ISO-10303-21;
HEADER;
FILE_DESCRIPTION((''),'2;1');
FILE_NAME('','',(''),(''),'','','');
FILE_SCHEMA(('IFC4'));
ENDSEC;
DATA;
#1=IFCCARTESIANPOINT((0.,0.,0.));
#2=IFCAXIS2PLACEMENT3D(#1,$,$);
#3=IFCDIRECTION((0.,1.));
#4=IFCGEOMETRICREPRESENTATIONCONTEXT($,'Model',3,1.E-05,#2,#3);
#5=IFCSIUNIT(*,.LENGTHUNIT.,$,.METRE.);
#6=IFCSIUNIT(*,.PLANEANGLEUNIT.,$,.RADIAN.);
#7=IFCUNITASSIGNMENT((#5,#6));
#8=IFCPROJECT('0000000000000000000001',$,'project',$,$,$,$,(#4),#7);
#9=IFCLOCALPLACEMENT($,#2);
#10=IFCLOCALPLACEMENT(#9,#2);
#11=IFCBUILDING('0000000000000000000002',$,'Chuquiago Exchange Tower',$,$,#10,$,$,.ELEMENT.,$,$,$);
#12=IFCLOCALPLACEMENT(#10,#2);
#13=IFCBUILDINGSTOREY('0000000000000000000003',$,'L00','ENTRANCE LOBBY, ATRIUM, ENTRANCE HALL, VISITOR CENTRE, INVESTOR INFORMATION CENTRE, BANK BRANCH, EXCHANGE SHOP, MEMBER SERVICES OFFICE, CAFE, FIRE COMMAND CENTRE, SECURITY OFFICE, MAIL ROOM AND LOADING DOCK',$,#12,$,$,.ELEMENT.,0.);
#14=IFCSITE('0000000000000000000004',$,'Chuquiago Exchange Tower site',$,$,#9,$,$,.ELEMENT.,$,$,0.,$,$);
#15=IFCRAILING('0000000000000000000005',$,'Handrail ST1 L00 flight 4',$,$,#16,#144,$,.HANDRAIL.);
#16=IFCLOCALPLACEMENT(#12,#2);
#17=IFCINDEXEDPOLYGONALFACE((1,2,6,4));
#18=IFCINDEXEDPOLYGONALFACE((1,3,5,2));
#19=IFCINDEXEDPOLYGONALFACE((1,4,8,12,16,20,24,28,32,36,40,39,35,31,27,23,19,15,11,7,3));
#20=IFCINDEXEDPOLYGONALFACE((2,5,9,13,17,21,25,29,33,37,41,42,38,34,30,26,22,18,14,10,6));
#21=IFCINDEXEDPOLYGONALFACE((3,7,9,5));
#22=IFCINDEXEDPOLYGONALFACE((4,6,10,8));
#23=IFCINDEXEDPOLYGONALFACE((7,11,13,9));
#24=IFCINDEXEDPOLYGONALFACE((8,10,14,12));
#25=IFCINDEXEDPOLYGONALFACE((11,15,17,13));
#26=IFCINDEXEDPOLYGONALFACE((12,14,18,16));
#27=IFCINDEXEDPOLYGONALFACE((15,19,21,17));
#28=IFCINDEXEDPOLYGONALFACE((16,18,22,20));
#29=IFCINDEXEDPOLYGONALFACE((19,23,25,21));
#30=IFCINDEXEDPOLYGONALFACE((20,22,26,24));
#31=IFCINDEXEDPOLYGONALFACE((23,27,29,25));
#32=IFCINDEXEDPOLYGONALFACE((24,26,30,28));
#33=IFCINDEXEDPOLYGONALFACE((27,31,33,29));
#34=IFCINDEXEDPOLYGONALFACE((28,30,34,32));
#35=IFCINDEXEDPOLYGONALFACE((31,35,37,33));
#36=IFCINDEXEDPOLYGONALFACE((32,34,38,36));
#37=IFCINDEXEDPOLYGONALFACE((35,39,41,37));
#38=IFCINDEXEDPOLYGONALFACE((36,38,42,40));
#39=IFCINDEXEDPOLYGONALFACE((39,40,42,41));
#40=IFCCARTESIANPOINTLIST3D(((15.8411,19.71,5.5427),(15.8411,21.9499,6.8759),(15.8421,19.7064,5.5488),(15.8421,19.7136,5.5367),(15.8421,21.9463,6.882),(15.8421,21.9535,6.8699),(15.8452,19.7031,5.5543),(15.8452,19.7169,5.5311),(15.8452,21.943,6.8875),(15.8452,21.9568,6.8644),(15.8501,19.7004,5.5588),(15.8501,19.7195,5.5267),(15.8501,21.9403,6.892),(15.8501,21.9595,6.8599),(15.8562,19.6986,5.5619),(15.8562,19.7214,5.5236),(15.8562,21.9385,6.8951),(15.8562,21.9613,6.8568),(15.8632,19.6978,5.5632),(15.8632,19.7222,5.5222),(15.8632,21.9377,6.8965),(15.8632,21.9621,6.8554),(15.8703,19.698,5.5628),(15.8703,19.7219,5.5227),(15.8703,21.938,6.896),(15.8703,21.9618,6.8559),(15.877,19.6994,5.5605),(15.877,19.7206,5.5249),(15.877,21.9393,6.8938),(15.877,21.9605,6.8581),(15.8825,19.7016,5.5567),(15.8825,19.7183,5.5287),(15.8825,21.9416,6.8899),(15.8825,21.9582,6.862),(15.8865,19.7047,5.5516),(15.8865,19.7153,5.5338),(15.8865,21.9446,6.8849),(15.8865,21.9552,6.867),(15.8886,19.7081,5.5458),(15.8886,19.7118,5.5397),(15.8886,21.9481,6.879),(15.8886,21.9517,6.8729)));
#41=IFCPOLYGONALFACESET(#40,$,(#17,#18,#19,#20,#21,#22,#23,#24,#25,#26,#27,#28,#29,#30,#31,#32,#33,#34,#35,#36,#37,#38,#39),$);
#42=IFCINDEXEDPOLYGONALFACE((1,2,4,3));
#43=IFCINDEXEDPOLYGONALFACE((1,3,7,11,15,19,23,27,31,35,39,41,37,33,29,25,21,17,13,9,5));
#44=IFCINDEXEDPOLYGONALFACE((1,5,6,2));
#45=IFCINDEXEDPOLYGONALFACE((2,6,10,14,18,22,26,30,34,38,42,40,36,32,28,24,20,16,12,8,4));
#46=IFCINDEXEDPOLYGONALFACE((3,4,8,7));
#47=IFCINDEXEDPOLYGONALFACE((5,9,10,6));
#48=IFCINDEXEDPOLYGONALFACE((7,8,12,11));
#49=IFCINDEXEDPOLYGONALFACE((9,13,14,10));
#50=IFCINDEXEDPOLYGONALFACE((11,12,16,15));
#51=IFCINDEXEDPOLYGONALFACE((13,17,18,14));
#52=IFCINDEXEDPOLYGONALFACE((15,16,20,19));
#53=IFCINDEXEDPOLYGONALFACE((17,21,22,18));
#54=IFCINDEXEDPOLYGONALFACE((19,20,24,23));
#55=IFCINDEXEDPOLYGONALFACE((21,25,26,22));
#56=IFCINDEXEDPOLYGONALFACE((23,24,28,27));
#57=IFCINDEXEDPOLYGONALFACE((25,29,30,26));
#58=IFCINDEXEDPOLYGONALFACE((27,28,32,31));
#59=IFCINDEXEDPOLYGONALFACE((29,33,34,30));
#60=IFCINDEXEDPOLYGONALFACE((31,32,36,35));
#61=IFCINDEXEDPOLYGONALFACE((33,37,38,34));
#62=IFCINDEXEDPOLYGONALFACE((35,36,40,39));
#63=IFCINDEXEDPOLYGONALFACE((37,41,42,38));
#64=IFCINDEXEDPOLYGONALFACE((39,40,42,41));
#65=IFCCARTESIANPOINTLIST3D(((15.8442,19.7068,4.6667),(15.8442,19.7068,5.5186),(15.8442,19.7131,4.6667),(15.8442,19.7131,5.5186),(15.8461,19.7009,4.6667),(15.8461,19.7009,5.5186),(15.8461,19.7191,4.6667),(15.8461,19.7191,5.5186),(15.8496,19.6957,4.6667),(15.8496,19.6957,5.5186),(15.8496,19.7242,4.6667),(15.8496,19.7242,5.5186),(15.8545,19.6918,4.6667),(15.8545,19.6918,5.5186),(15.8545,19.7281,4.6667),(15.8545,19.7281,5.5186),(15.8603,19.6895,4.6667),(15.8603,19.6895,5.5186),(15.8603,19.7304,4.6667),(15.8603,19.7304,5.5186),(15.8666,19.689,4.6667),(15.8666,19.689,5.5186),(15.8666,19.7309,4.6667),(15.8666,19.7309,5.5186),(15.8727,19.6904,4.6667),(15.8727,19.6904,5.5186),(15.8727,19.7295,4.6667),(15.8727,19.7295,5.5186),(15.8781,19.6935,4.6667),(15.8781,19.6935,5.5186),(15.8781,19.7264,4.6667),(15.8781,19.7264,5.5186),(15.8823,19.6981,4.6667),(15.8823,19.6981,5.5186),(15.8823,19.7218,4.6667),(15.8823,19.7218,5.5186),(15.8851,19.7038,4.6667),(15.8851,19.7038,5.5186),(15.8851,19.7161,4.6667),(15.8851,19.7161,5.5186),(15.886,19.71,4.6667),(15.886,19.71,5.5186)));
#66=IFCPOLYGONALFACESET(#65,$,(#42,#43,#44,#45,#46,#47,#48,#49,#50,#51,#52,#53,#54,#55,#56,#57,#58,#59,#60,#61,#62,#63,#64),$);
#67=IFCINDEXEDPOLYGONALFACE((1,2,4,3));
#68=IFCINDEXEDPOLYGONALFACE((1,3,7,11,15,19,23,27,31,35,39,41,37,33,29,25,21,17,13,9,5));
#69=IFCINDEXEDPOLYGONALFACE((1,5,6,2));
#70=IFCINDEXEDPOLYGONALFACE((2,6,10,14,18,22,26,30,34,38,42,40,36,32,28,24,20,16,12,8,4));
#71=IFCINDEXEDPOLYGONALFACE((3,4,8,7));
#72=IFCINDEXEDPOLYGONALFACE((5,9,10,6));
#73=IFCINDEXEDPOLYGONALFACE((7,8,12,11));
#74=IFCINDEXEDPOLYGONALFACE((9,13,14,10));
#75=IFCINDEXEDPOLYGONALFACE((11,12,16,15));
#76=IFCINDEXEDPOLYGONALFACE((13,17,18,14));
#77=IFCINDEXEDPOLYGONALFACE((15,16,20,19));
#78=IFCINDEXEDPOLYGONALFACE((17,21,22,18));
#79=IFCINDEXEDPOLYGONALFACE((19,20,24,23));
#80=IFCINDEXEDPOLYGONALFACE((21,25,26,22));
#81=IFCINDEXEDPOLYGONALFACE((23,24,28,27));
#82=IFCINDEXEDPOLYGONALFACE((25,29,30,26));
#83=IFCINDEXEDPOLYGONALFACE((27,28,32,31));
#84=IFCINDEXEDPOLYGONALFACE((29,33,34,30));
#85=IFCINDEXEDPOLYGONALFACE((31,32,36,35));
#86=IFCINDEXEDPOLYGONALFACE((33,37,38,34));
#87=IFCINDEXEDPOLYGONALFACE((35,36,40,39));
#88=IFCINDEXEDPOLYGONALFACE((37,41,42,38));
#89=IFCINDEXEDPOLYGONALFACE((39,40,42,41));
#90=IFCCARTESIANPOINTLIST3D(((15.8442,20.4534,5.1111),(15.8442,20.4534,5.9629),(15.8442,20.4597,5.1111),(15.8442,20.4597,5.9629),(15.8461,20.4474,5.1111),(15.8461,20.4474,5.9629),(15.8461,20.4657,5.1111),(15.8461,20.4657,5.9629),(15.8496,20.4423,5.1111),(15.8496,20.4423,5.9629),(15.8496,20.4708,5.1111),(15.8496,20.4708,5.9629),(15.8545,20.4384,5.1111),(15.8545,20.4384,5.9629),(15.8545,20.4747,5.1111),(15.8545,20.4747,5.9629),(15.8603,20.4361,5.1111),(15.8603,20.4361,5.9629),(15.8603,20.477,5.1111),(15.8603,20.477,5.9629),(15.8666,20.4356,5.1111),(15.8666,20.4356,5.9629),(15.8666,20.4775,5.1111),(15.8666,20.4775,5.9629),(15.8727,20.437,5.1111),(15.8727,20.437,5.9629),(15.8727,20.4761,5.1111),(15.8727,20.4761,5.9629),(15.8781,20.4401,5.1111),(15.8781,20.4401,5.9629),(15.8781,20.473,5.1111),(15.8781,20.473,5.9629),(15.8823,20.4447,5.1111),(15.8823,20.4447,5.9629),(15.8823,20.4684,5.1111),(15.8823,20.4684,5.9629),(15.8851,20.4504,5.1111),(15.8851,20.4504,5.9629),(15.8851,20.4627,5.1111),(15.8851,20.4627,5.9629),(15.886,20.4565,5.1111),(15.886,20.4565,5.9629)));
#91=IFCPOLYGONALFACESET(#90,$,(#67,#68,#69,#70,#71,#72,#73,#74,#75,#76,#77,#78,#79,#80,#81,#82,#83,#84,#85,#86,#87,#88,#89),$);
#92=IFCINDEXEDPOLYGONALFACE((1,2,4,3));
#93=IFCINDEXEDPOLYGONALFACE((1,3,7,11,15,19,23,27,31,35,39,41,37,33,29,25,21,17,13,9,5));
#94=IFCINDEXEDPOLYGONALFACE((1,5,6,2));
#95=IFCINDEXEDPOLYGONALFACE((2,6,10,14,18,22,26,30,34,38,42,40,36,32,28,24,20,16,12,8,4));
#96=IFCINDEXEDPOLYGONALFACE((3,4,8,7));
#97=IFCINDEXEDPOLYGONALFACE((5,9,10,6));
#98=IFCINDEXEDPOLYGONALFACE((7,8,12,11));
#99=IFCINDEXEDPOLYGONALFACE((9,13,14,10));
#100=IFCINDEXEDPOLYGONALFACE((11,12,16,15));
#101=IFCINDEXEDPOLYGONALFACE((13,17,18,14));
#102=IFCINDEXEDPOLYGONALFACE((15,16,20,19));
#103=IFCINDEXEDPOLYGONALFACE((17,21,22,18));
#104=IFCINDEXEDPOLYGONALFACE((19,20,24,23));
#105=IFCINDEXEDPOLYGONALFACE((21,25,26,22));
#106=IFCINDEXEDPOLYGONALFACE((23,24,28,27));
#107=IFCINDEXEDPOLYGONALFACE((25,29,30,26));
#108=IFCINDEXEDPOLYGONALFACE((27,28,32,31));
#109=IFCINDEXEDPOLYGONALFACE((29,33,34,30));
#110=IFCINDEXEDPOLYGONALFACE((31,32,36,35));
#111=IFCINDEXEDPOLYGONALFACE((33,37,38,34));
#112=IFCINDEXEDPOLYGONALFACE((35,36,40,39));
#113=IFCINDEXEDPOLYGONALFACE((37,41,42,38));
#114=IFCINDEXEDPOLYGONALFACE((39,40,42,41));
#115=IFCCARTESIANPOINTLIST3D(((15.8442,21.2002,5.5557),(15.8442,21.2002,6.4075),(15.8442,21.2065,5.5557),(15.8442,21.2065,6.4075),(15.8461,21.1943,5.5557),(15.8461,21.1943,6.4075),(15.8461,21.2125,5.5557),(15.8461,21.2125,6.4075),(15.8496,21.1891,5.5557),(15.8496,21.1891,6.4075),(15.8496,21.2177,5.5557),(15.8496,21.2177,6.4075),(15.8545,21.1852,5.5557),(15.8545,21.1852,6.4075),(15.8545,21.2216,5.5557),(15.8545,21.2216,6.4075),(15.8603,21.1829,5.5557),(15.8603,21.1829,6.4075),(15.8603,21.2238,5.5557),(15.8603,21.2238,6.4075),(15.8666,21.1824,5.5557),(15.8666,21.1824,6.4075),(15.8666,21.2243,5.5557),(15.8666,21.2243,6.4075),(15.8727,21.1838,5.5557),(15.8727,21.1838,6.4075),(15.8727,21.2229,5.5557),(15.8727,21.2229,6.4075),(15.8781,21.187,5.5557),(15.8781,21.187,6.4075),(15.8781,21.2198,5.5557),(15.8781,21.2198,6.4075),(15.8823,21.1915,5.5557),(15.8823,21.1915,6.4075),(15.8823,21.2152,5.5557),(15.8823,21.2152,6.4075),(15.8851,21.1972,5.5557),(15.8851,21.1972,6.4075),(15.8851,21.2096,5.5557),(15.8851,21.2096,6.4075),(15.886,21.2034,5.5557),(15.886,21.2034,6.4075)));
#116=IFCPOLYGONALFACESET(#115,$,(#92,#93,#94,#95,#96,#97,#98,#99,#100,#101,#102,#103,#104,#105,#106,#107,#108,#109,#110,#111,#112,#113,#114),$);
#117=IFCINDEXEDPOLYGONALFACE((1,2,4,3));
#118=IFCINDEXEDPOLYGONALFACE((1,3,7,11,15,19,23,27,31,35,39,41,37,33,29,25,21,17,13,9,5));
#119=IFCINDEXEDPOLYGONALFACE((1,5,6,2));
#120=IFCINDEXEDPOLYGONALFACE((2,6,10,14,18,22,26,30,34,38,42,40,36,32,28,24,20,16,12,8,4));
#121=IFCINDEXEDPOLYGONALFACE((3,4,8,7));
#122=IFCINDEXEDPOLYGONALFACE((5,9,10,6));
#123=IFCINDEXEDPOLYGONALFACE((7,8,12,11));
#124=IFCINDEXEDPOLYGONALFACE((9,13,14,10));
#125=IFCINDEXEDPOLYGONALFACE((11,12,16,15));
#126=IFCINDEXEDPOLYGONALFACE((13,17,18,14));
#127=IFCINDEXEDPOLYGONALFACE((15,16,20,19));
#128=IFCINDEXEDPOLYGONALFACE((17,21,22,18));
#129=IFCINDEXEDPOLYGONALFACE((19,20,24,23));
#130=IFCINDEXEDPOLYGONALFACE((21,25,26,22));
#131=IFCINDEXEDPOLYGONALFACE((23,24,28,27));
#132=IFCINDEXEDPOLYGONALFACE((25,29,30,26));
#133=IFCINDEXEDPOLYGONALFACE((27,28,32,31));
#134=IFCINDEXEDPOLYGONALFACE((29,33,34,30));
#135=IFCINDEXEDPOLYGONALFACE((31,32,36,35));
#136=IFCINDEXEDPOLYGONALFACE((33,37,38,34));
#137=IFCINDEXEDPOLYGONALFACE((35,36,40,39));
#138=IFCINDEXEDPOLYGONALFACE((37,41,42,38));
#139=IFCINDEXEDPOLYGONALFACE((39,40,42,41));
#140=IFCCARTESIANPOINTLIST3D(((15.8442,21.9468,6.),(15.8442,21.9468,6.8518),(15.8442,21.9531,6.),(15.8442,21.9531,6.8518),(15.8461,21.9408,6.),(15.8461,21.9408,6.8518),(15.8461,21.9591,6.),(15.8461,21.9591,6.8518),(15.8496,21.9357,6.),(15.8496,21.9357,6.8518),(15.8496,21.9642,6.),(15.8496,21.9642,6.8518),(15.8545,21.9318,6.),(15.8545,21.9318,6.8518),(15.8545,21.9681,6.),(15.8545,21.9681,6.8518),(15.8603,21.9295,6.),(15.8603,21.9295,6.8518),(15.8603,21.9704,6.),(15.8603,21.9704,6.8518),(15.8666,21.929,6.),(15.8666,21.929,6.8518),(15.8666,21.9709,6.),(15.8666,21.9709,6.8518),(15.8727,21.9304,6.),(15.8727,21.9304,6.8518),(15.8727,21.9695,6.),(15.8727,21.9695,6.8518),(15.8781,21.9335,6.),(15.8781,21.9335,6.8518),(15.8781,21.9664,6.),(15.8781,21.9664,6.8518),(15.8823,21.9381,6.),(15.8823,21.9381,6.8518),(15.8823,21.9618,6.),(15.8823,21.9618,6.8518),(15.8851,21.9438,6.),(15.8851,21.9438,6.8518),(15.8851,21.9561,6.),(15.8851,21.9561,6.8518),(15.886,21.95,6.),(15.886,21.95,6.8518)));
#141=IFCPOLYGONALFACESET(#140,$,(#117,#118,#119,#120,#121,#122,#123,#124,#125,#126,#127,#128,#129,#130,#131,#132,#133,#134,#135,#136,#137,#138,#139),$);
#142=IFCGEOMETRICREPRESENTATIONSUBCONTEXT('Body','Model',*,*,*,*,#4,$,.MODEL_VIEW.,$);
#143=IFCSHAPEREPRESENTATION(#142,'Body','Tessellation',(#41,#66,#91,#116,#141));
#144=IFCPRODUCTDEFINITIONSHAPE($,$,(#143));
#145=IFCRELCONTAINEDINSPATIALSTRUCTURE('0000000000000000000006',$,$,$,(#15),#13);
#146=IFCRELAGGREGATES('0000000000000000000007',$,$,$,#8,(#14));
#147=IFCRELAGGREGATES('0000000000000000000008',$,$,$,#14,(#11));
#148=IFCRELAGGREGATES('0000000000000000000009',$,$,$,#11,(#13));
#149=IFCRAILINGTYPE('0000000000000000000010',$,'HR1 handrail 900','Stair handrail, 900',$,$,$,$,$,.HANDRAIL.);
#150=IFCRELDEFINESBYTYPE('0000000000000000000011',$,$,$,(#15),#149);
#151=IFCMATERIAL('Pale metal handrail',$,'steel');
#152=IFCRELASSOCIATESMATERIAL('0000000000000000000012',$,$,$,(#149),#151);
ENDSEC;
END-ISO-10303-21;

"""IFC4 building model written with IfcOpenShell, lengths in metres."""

from ifc_helpers import new_model, si_unit, direction, frame, origin, origin_2d, place, context, subcontext, project, spatial, circle, extrude, material, type_object, element, save


model = new_model("IFC4")

# Units and contexts
model_context = context("Model", 3, precision=1e-05, world=origin(), true_north=direction((0.0, 1.0)))
body_context = subcontext(model_context, "Body", "Model", "MODEL_VIEW")
ifc_project = project(units=[si_unit("LENGTHUNIT", "METRE"), si_unit("PLANEANGLEUNIT", "RADIAN")], contexts=[model_context])

# Site, building, storey
site_placement = place(None, origin())
site = spatial("IfcSite", under=ifc_project, at=site_placement, Name="Chuquiago Exchange Tower site", CompositionType="ELEMENT", RefElevation=0.0)
building_placement = place(site_placement, origin())
building = spatial("IfcBuilding", under=site, at=building_placement, Name="Chuquiago Exchange Tower", CompositionType="ELEMENT")
storey_placement = place(building_placement, origin())
storey = spatial("IfcBuildingStorey", under=building, at=storey_placement, Name="L00", Description="ENTRANCE LOBBY, ATRIUM, ENTRANCE HALL, VISITOR CENTRE, INVESTOR INFORMATION CENTRE, BANK BRANCH, EXCHANGE SHOP, MEMBER SERVICES OFFICE, CAFE, FIRE COMMAND CENTRE, SECURITY OFFICE, MAIL ROOM AND LOADING DOCK", CompositionType="ELEMENT", Elevation=0.0)

# Railing
ifc_material_1 = material(Name="Pale metal handrail", Category="steel")
railing_type_1 = type_object("IfcRailingType", Name="HR1 handrail 900", Description="Stair handrail, 900", PredefinedType="HANDRAIL", material=ifc_material_1)
for number, where, name in (
    (1, (15.865, 19.71, 4.6667), "Handrail ST1 L00 flight 4"),
):
    element("IfcRailing", number, at=place(storey_placement, frame(where)), inside=storey, type_object=railing_type_1, Name=name, PredefinedType="HANDRAIL", context=body_context, shape_type="SweptSolid", body=[
        extrude(circle(Radius=0.0239, at=origin_2d()), frame((0.0, 0.0, 0.876), z_axis=(0.0, 0.859306, 0.511462), x_axis=(-1.0, 0.0, 0.0)), (0.0, 0.0, 1.0), 2.6067),
        extrude(circle(Radius=0.021, at=origin_2d()), origin(), (0.0, 0.0, 1.0), 0.8518),
        extrude(circle(Radius=0.021, at=origin_2d()), frame((0.0, 0.7466, 0.4443)), (0.0, 0.0, 1.0), 0.8518),
        extrude(circle(Radius=0.021, at=origin_2d()), frame((0.0, 1.4934, 0.8889)), (0.0, 0.0, 1.0), 0.8518),
        extrude(circle(Radius=0.021, at=origin_2d()), frame((0.0, 2.24, 1.3333)), (0.0, 0.0, 1.0), 0.8518),
    ])

save(model, "model.ifc")
